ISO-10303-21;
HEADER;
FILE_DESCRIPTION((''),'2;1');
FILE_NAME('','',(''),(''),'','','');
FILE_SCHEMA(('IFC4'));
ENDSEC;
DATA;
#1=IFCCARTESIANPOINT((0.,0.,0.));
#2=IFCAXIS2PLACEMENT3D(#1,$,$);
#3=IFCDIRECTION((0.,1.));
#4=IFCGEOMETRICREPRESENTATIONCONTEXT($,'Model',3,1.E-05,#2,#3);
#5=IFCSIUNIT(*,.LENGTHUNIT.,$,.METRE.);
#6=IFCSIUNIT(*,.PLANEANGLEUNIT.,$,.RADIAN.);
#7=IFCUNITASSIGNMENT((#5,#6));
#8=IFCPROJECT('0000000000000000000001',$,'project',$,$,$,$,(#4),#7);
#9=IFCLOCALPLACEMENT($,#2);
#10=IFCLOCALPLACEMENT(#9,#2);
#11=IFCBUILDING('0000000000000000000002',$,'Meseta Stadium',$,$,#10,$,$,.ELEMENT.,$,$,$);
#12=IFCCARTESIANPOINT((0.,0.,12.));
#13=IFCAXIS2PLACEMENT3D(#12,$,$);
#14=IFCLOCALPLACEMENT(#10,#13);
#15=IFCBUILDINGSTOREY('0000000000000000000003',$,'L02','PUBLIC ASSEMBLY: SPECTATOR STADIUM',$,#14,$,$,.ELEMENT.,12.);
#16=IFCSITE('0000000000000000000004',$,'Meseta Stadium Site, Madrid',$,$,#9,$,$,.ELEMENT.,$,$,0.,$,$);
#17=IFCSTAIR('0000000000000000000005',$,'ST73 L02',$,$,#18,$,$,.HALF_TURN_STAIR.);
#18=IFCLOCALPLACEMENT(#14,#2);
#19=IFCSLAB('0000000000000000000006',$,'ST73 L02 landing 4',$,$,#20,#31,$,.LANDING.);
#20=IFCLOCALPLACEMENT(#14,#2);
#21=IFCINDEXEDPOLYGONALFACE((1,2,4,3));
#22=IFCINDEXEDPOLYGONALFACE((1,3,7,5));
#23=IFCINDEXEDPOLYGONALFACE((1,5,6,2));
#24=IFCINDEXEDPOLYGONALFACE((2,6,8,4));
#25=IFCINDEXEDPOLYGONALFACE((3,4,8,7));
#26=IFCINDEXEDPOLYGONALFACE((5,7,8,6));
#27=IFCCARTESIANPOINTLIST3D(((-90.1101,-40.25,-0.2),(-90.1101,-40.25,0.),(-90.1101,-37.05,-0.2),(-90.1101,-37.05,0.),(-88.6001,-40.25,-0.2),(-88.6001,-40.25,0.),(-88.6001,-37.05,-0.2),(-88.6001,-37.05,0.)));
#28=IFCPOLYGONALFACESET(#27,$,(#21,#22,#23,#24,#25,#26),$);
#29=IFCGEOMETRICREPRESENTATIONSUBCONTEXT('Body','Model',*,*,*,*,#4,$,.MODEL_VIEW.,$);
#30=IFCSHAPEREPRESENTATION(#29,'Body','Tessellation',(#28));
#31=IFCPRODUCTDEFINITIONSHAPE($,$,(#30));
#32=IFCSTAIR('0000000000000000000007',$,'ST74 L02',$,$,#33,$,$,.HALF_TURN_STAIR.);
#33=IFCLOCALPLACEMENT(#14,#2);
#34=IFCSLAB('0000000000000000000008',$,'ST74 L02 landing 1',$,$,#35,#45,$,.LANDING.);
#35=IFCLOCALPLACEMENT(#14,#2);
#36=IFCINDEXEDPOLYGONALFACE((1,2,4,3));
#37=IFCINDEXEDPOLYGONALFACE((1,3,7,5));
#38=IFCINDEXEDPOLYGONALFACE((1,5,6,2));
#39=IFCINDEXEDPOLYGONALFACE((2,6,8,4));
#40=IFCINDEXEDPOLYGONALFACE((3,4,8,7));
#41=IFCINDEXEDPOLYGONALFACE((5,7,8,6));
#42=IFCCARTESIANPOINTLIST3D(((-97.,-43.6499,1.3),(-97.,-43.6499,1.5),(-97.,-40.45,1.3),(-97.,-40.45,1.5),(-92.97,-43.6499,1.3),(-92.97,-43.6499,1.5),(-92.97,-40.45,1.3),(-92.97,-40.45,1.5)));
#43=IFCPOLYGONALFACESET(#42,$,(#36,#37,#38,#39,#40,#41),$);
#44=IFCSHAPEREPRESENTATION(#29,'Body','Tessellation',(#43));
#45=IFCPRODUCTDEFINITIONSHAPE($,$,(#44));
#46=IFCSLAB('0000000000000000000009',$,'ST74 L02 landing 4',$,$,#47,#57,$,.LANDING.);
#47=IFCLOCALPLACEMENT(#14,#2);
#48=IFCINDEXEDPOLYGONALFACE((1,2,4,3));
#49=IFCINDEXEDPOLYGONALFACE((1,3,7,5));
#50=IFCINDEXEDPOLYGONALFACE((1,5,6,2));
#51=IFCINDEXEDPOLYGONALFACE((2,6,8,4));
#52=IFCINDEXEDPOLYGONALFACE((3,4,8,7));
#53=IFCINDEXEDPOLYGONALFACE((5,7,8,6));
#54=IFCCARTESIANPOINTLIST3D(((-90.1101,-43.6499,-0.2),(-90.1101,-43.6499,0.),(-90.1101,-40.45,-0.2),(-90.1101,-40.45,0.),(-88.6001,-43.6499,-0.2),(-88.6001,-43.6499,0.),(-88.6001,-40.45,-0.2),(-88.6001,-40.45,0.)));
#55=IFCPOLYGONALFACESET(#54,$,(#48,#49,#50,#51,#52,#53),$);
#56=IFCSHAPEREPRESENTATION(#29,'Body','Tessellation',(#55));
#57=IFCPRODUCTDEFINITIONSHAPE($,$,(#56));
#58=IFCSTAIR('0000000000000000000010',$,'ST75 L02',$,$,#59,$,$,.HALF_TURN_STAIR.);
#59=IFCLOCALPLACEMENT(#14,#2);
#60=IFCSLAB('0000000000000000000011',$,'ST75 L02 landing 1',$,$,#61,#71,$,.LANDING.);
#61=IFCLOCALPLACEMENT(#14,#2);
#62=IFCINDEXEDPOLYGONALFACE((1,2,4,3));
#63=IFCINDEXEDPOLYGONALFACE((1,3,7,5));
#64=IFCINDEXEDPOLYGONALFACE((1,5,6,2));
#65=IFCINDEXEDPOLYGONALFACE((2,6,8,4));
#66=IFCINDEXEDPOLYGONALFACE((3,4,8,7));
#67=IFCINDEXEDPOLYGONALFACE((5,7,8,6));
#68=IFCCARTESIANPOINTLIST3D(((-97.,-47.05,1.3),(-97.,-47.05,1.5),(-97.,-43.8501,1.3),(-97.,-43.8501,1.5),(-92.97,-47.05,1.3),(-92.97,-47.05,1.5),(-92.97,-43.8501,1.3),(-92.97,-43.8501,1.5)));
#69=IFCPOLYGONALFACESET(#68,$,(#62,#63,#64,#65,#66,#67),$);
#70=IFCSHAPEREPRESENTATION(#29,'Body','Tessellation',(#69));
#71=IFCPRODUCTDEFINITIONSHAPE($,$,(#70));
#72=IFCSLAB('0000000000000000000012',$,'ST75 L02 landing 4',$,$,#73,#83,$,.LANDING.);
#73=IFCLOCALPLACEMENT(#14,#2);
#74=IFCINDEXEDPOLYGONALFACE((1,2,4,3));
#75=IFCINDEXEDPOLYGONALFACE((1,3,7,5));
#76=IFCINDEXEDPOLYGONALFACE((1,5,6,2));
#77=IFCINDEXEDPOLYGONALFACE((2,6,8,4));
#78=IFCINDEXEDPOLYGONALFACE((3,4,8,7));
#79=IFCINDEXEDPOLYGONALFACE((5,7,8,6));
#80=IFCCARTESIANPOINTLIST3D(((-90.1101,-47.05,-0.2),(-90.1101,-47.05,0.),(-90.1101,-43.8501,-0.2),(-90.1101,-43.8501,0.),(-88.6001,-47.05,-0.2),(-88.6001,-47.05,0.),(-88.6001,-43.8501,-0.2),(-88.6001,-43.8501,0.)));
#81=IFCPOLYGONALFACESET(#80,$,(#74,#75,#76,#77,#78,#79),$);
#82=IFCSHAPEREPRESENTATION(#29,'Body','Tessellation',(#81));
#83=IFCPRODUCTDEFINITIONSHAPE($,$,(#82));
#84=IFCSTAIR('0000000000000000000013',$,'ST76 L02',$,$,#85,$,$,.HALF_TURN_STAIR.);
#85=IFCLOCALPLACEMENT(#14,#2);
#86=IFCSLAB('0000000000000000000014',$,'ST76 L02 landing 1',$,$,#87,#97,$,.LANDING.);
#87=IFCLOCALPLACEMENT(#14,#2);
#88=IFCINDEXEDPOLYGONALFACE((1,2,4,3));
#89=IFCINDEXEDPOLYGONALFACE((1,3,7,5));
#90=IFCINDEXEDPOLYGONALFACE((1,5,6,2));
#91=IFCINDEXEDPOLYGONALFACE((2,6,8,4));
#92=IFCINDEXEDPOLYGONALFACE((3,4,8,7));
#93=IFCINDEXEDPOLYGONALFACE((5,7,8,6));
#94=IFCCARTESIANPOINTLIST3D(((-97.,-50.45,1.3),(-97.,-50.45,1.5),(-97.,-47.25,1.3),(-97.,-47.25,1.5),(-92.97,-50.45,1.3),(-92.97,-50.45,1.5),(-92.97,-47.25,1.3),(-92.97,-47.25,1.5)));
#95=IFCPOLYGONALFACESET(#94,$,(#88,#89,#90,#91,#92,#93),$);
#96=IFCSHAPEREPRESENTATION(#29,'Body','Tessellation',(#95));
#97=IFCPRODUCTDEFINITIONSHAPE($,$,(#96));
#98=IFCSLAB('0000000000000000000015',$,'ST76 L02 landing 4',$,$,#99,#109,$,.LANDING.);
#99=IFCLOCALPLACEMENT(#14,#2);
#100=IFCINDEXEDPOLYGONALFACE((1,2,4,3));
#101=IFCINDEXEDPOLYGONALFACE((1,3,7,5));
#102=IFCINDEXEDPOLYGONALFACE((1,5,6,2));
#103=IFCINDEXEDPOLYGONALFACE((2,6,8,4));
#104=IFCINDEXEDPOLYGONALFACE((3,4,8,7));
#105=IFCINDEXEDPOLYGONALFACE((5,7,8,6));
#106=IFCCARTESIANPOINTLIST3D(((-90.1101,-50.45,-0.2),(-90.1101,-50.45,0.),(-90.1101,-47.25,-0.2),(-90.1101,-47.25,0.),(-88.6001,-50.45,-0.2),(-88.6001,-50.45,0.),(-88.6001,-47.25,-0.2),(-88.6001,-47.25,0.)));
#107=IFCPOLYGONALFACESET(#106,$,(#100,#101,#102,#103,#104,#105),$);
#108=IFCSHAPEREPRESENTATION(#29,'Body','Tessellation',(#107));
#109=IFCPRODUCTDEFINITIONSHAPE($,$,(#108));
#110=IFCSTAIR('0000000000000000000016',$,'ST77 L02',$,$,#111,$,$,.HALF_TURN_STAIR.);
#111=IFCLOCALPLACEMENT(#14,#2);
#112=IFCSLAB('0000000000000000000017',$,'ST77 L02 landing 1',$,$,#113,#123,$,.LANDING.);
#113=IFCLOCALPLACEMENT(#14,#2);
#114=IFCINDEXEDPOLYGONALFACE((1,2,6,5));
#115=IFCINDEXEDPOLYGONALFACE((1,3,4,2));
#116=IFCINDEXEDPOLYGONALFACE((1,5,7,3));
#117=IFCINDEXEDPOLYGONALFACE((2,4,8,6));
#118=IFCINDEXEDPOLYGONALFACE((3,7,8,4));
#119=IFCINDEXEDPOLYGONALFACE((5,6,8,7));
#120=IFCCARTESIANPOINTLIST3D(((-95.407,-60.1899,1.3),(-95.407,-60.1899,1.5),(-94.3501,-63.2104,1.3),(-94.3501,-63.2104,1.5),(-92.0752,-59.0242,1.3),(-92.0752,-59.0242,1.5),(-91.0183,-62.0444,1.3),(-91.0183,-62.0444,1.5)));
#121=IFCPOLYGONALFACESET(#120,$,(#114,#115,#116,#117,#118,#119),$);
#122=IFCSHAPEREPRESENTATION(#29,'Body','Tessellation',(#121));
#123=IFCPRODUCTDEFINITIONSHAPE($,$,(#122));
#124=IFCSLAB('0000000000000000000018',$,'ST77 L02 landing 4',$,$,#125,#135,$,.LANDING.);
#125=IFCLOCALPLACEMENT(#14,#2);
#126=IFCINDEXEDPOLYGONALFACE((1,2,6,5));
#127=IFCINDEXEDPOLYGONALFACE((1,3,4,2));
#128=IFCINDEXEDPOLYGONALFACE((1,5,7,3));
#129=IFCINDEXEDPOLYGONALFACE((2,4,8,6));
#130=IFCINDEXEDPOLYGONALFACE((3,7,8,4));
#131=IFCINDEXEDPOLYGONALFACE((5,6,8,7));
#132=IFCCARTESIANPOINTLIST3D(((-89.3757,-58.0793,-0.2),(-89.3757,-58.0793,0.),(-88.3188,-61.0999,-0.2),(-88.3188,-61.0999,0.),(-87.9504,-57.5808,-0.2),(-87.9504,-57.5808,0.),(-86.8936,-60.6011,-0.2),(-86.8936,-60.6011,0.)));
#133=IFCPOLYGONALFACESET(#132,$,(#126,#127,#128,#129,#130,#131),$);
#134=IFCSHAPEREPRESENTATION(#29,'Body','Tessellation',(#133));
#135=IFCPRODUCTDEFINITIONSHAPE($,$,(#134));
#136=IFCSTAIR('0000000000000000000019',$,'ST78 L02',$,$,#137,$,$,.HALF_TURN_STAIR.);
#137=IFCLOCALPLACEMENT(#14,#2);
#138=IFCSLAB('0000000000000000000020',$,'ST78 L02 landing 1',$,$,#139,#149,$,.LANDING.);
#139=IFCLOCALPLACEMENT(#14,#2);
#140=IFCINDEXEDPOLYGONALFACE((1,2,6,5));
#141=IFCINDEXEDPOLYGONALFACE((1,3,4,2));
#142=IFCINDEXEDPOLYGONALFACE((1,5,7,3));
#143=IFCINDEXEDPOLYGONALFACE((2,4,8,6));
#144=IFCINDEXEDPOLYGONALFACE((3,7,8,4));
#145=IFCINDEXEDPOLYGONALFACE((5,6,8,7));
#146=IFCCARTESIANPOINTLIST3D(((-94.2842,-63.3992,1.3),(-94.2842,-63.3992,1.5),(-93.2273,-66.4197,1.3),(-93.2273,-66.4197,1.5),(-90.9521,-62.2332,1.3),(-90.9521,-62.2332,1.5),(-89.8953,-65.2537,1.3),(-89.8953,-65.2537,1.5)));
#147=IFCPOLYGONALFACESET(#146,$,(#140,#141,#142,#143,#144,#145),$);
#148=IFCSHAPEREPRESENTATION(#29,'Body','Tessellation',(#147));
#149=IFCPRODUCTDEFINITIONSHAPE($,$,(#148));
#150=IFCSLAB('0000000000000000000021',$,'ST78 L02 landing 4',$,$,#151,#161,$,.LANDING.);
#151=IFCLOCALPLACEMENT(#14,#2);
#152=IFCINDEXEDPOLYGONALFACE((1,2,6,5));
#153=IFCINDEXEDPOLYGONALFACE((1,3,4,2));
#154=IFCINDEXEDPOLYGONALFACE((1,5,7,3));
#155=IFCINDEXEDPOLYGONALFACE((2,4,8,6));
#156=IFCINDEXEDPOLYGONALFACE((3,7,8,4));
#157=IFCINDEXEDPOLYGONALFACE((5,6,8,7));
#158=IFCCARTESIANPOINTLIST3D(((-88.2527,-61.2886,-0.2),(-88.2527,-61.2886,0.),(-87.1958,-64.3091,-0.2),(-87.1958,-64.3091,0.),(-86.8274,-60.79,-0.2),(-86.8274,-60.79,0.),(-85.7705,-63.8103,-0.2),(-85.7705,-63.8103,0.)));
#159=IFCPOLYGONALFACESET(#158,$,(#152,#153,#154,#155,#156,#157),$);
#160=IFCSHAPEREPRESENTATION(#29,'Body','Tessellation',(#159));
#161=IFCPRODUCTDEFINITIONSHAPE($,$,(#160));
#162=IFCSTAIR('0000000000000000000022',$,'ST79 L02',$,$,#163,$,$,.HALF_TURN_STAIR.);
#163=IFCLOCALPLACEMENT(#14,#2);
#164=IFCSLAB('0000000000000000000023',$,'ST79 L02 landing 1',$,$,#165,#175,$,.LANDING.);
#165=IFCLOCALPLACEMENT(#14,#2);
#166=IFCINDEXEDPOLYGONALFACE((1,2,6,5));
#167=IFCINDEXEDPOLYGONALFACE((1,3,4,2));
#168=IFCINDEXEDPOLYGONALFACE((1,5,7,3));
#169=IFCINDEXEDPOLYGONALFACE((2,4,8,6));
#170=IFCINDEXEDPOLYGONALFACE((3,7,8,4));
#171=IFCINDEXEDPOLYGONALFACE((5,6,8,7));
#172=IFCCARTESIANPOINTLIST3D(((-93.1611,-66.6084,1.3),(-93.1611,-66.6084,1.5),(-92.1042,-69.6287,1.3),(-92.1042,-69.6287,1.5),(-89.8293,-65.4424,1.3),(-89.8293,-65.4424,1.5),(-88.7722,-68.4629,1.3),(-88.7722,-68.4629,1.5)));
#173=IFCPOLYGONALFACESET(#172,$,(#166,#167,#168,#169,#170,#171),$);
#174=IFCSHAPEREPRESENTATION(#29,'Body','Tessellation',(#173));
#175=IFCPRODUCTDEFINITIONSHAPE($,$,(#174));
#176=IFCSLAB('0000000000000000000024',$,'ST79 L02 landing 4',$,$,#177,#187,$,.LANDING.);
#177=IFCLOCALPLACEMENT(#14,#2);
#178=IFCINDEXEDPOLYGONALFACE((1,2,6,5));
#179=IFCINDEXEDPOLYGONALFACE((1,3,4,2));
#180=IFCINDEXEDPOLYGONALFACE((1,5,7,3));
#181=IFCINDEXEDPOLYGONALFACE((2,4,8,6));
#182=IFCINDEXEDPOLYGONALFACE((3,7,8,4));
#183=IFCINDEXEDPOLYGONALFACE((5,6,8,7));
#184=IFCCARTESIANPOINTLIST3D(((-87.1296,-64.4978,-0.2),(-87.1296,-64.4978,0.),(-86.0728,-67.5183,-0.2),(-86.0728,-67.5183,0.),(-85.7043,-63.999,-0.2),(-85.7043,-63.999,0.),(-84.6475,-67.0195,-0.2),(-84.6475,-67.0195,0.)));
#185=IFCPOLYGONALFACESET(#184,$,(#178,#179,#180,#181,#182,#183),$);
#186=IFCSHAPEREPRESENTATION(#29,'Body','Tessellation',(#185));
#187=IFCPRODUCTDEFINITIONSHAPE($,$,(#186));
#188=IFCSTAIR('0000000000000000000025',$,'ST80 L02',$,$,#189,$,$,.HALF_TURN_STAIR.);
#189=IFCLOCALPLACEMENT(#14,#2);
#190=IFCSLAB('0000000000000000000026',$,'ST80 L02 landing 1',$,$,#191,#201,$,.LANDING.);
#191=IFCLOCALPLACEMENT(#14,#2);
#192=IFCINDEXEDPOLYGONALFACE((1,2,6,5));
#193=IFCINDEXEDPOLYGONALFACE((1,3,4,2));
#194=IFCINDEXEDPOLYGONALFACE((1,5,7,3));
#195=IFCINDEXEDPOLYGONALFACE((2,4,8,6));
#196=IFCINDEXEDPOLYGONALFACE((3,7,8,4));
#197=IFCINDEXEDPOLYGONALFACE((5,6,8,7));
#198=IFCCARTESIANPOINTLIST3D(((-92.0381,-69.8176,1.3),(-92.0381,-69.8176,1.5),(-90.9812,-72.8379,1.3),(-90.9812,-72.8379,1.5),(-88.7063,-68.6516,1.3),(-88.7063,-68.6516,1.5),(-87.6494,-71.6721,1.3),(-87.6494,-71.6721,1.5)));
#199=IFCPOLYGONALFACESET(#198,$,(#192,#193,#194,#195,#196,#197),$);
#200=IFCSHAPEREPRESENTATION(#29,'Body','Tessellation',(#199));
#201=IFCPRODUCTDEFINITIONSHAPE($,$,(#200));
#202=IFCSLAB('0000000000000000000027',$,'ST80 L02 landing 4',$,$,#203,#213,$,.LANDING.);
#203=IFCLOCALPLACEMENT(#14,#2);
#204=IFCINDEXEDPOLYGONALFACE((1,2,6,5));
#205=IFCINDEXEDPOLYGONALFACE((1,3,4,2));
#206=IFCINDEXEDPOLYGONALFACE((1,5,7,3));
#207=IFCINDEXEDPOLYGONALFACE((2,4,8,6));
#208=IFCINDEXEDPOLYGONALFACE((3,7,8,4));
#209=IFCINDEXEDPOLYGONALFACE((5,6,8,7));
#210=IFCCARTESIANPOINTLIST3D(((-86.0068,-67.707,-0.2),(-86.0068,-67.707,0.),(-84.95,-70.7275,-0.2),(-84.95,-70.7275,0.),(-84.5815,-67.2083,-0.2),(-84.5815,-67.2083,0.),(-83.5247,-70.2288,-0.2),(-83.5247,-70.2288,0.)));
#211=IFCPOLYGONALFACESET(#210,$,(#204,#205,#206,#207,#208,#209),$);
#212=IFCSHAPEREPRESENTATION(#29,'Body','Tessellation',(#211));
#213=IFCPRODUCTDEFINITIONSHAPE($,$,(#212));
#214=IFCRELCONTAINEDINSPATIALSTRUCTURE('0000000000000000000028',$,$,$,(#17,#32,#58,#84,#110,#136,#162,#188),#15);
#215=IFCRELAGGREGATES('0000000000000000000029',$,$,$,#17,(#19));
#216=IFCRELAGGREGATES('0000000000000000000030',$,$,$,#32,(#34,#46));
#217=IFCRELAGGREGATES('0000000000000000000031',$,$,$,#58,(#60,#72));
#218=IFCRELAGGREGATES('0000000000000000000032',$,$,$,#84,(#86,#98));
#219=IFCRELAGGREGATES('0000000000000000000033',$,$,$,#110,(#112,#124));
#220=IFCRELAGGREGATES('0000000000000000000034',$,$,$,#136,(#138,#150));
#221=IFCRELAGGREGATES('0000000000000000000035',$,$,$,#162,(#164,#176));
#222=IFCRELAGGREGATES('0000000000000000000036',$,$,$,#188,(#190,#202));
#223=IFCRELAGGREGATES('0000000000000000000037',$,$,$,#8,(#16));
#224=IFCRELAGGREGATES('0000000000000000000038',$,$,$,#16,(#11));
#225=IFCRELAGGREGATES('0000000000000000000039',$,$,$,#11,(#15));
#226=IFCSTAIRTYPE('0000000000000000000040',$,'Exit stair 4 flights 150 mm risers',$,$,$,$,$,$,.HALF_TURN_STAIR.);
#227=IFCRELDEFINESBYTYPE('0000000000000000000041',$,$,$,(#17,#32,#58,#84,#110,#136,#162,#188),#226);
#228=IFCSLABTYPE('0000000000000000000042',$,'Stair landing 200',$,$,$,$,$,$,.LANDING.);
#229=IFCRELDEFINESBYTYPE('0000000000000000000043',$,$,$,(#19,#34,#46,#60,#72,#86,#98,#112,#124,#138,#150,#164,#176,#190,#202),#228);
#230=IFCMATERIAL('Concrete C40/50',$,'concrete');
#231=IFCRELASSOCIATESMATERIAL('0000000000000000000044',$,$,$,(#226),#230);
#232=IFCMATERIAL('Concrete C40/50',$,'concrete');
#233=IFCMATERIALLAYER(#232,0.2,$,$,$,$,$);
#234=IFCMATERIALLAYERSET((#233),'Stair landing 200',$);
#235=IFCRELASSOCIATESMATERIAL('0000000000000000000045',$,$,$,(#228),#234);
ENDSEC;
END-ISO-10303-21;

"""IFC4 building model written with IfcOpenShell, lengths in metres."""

from ifc_helpers import new_model, si_unit, direction, frame, origin, place, context, subcontext, project, spatial, polyline, outline, extrude, material, layer, layer_set, type_object, element, aggregate, save


model = new_model("IFC4")

# Units and contexts
model_context = context("Model", 3, precision=1e-05, world=origin(), true_north=direction((0.0, 1.0)))
body_context = subcontext(model_context, "Body", "Model", "MODEL_VIEW")
ifc_project = project(units=[si_unit("LENGTHUNIT", "METRE"), si_unit("PLANEANGLEUNIT", "RADIAN")], contexts=[model_context])

# Site, building, storey
site_placement = place(None, origin())
site = spatial("IfcSite", under=ifc_project, at=site_placement, Name="Meseta Stadium Site, Madrid", CompositionType="ELEMENT", RefElevation=0.0)
building_placement = place(site_placement, origin())
building = spatial("IfcBuilding", under=site, at=building_placement, Name="Meseta Stadium", CompositionType="ELEMENT")
storey_placement = place(building_placement, frame((0.0, 0.0, 12.0)))
storey = spatial("IfcBuildingStorey", under=building, at=storey_placement, Name="L02", Description="PUBLIC ASSEMBLY: SPECTATOR STADIUM", CompositionType="ELEMENT", Elevation=12.0)

# Stairs, slabs
ifc_material_1 = material(Name="Concrete C40/50", Category="concrete")
stair_type = type_object("IfcStairType", Name="Exit stair 4 flights 150 mm risers", PredefinedType="HALF_TURN_STAIR", material=ifc_material_1)
ifc_material_2 = material(Name="Concrete C40/50", Category="concrete")
ifc_layer = layer(ifc_material_2, 0.2)
ifc_layer_set = layer_set([ifc_layer], Name="Stair landing 200")
slab_type = type_object("IfcSlabType", Name="Stair landing 200", PredefinedType="LANDING", material=ifc_layer_set)
stair_1_placement = place(storey_placement, origin())
stair_1 = element("IfcStair", 1, at=stair_1_placement, inside=storey, type_object=stair_type, Name="ST73 L02", PredefinedType="HALF_TURN_STAIR")
slab_1_placement = place(storey_placement, frame((0.0, 0.0, -0.2)))
slab_1 = element("IfcSlab", 2, at=slab_1_placement, type_object=slab_type, Name="ST73 L02 landing 4", PredefinedType="LANDING", context=body_context, shape_type="SweptSolid", body=[
    extrude(outline(polyline([(-88.6001, -37.05), (-90.1101, -37.05), (-90.1101, -40.25), (-88.6001, -40.25), (-88.6001, -37.05)])), origin(), (0.0, 0.0, 1.0), 0.2),
])
aggregate(stair_1, [slab_1])
stair_2_placement = place(storey_placement, origin())
stair_2 = element("IfcStair", 3, at=stair_2_placement, inside=storey, type_object=stair_type, Name="ST74 L02", PredefinedType="HALF_TURN_STAIR")
slab_2_placement = place(storey_placement, frame((0.0, 0.0, 1.3)))
slab_2 = element("IfcSlab", 4, at=slab_2_placement, type_object=slab_type, Name="ST74 L02 landing 1", PredefinedType="LANDING", context=body_context, shape_type="SweptSolid", body=[
    extrude(outline(polyline([(-92.97, -40.45), (-97.0, -40.45), (-97.0, -43.6499), (-92.97, -43.6499), (-92.97, -40.45)])), origin(), (0.0, 0.0, 1.0), 0.2),
])
slab_3_placement = place(storey_placement, frame((0.0, 0.0, -0.2)))
slab_3 = element("IfcSlab", 5, at=slab_3_placement, type_object=slab_type, Name="ST74 L02 landing 4", PredefinedType="LANDING", context=body_context, shape_type="SweptSolid", body=[
    extrude(outline(polyline([(-88.6001, -40.45), (-90.1101, -40.45), (-90.1101, -43.6499), (-88.6001, -43.6499), (-88.6001, -40.45)])), origin(), (0.0, 0.0, 1.0), 0.2),
])
aggregate(stair_2, [slab_2, slab_3])
stair_3_placement = place(storey_placement, origin())
stair_3 = element("IfcStair", 6, at=stair_3_placement, inside=storey, type_object=stair_type, Name="ST75 L02", PredefinedType="HALF_TURN_STAIR")
slab_4_placement = place(storey_placement, frame((0.0, 0.0, 1.3)))
slab_4 = element("IfcSlab", 7, at=slab_4_placement, type_object=slab_type, Name="ST75 L02 landing 1", PredefinedType="LANDING", context=body_context, shape_type="SweptSolid", body=[
    extrude(outline(polyline([(-92.97, -43.8501), (-97.0, -43.8501), (-97.0, -47.05), (-92.97, -47.05), (-92.97, -43.8501)])), origin(), (0.0, 0.0, 1.0), 0.2),
])
slab_5_placement = place(storey_placement, frame((0.0, 0.0, -0.2)))
slab_5 = element("IfcSlab", 8, at=slab_5_placement, type_object=slab_type, Name="ST75 L02 landing 4", PredefinedType="LANDING", context=body_context, shape_type="SweptSolid", body=[
    extrude(outline(polyline([(-88.6001, -43.8501), (-90.1101, -43.8501), (-90.1101, -47.05), (-88.6001, -47.05), (-88.6001, -43.8501)])), origin(), (0.0, 0.0, 1.0), 0.2),
])
aggregate(stair_3, [slab_4, slab_5])
stair_4_placement = place(storey_placement, origin())
stair_4 = element("IfcStair", 9, at=stair_4_placement, inside=storey, type_object=stair_type, Name="ST76 L02", PredefinedType="HALF_TURN_STAIR")
slab_6_placement = place(storey_placement, frame((0.0, 0.0, 1.3)))
slab_6 = element("IfcSlab", 10, at=slab_6_placement, type_object=slab_type, Name="ST76 L02 landing 1", PredefinedType="LANDING", context=body_context, shape_type="SweptSolid", body=[
    extrude(outline(polyline([(-92.97, -47.25), (-97.0, -47.25), (-97.0, -50.45), (-92.97, -50.45), (-92.97, -47.25)])), origin(), (0.0, 0.0, 1.0), 0.2),
])
slab_7_placement = place(storey_placement, frame((0.0, 0.0, -0.2)))
slab_7 = element("IfcSlab", 11, at=slab_7_placement, type_object=slab_type, Name="ST76 L02 landing 4", PredefinedType="LANDING", context=body_context, shape_type="SweptSolid", body=[
    extrude(outline(polyline([(-88.6001, -47.25), (-90.1101, -47.25), (-90.1101, -50.45), (-88.6001, -50.45), (-88.6001, -47.25)])), origin(), (0.0, 0.0, 1.0), 0.2),
])
aggregate(stair_4, [slab_6, slab_7])
stair_5_placement = place(storey_placement, origin())
stair_5 = element("IfcStair", 12, at=stair_5_placement, inside=storey, type_object=stair_type, Name="ST77 L02", PredefinedType="HALF_TURN_STAIR")
slab_8_placement = place(storey_placement, frame((0.0, 0.0, 1.3)))
slab_8 = element("IfcSlab", 13, at=slab_8_placement, type_object=slab_type, Name="ST77 L02 landing 1", PredefinedType="LANDING", context=body_context, shape_type="SweptSolid", body=[
    extrude(outline(polyline([(-92.0752, -59.0242), (-95.407, -60.1899), (-94.3501, -63.2104), (-91.0183, -62.0444), (-92.0752, -59.0242)])), origin(), (0.0, 0.0, 1.0), 0.2),
])
slab_9_placement = place(storey_placement, frame((0.0, 0.0, -0.2)))
slab_9 = element("IfcSlab", 14, at=slab_9_placement, type_object=slab_type, Name="ST77 L02 landing 4", PredefinedType="LANDING", context=body_context, shape_type="SweptSolid", body=[
    extrude(outline(polyline([(-87.9504, -57.5808), (-89.3757, -58.0793), (-88.3188, -61.0999), (-86.8936, -60.6011), (-87.9504, -57.5808)])), origin(), (0.0, 0.0, 1.0), 0.2),
])
aggregate(stair_5, [slab_8, slab_9])
stair_6_placement = place(storey_placement, origin())
stair_6 = element("IfcStair", 15, at=stair_6_placement, inside=storey, type_object=stair_type, Name="ST78 L02", PredefinedType="HALF_TURN_STAIR")
slab_10_placement = place(storey_placement, frame((0.0, 0.0, 1.3)))
slab_10 = element("IfcSlab", 16, at=slab_10_placement, type_object=slab_type, Name="ST78 L02 landing 1", PredefinedType="LANDING", context=body_context, shape_type="SweptSolid", body=[
    extrude(outline(polyline([(-90.9521, -62.2332), (-94.2842, -63.3992), (-93.2273, -66.4197), (-89.8953, -65.2537), (-90.9521, -62.2332)])), origin(), (0.0, 0.0, 1.0), 0.2),
])
slab_11_placement = place(storey_placement, frame((0.0, 0.0, -0.2)))
slab_11 = element("IfcSlab", 17, at=slab_11_placement, type_object=slab_type, Name="ST78 L02 landing 4", PredefinedType="LANDING", context=body_context, shape_type="SweptSolid", body=[
    extrude(outline(polyline([(-86.8274, -60.79), (-88.2527, -61.2886), (-87.1958, -64.3091), (-85.7705, -63.8103), (-86.8274, -60.79)])), origin(), (0.0, 0.0, 1.0), 0.2),
])
aggregate(stair_6, [slab_10, slab_11])
stair_7_placement = place(storey_placement, origin())
stair_7 = element("IfcStair", 18, at=stair_7_placement, inside=storey, type_object=stair_type, Name="ST79 L02", PredefinedType="HALF_TURN_STAIR")
slab_12_placement = place(storey_placement, frame((0.0, 0.0, 1.3)))
slab_12 = element("IfcSlab", 19, at=slab_12_placement, type_object=slab_type, Name="ST79 L02 landing 1", PredefinedType="LANDING", context=body_context, shape_type="SweptSolid", body=[
    extrude(outline(polyline([(-89.8293, -65.4424), (-93.1611, -66.6084), (-92.1042, -69.6287), (-88.7722, -68.4629), (-89.8293, -65.4424)])), origin(), (0.0, 0.0, 1.0), 0.2),
])
slab_13_placement = place(storey_placement, frame((0.0, 0.0, -0.2)))
slab_13 = element("IfcSlab", 20, at=slab_13_placement, type_object=slab_type, Name="ST79 L02 landing 4", PredefinedType="LANDING", context=body_context, shape_type="SweptSolid", body=[
    extrude(outline(polyline([(-85.7043, -63.999), (-87.1296, -64.4978), (-86.0728, -67.5183), (-84.6475, -67.0195), (-85.7043, -63.999)])), origin(), (0.0, 0.0, 1.0), 0.2),
])
aggregate(stair_7, [slab_12, slab_13])
stair_8_placement = place(storey_placement, origin())
stair_8 = element("IfcStair", 21, at=stair_8_placement, inside=storey, type_object=stair_type, Name="ST80 L02", PredefinedType="HALF_TURN_STAIR")
slab_14_placement = place(storey_placement, frame((0.0, 0.0, 1.3)))
slab_14 = element("IfcSlab", 22, at=slab_14_placement, type_object=slab_type, Name="ST80 L02 landing 1", PredefinedType="LANDING", context=body_context, shape_type="SweptSolid", body=[
    extrude(outline(polyline([(-88.7063, -68.6516), (-92.0381, -69.8176), (-90.9812, -72.8379), (-87.6494, -71.6721), (-88.7063, -68.6516)])), origin(), (0.0, 0.0, 1.0), 0.2),
])
slab_15_placement = place(storey_placement, frame((0.0, 0.0, -0.2)))
slab_15 = element("IfcSlab", 23, at=slab_15_placement, type_object=slab_type, Name="ST80 L02 landing 4", PredefinedType="LANDING", context=body_context, shape_type="SweptSolid", body=[
    extrude(outline(polyline([(-84.5815, -67.2083), (-86.0068, -67.707), (-84.95, -70.7275), (-83.5247, -70.2288), (-84.5815, -67.2083)])), origin(), (0.0, 0.0, 1.0), 0.2),
])
aggregate(stair_8, [slab_14, slab_15])

save(model, "model.ifc")
